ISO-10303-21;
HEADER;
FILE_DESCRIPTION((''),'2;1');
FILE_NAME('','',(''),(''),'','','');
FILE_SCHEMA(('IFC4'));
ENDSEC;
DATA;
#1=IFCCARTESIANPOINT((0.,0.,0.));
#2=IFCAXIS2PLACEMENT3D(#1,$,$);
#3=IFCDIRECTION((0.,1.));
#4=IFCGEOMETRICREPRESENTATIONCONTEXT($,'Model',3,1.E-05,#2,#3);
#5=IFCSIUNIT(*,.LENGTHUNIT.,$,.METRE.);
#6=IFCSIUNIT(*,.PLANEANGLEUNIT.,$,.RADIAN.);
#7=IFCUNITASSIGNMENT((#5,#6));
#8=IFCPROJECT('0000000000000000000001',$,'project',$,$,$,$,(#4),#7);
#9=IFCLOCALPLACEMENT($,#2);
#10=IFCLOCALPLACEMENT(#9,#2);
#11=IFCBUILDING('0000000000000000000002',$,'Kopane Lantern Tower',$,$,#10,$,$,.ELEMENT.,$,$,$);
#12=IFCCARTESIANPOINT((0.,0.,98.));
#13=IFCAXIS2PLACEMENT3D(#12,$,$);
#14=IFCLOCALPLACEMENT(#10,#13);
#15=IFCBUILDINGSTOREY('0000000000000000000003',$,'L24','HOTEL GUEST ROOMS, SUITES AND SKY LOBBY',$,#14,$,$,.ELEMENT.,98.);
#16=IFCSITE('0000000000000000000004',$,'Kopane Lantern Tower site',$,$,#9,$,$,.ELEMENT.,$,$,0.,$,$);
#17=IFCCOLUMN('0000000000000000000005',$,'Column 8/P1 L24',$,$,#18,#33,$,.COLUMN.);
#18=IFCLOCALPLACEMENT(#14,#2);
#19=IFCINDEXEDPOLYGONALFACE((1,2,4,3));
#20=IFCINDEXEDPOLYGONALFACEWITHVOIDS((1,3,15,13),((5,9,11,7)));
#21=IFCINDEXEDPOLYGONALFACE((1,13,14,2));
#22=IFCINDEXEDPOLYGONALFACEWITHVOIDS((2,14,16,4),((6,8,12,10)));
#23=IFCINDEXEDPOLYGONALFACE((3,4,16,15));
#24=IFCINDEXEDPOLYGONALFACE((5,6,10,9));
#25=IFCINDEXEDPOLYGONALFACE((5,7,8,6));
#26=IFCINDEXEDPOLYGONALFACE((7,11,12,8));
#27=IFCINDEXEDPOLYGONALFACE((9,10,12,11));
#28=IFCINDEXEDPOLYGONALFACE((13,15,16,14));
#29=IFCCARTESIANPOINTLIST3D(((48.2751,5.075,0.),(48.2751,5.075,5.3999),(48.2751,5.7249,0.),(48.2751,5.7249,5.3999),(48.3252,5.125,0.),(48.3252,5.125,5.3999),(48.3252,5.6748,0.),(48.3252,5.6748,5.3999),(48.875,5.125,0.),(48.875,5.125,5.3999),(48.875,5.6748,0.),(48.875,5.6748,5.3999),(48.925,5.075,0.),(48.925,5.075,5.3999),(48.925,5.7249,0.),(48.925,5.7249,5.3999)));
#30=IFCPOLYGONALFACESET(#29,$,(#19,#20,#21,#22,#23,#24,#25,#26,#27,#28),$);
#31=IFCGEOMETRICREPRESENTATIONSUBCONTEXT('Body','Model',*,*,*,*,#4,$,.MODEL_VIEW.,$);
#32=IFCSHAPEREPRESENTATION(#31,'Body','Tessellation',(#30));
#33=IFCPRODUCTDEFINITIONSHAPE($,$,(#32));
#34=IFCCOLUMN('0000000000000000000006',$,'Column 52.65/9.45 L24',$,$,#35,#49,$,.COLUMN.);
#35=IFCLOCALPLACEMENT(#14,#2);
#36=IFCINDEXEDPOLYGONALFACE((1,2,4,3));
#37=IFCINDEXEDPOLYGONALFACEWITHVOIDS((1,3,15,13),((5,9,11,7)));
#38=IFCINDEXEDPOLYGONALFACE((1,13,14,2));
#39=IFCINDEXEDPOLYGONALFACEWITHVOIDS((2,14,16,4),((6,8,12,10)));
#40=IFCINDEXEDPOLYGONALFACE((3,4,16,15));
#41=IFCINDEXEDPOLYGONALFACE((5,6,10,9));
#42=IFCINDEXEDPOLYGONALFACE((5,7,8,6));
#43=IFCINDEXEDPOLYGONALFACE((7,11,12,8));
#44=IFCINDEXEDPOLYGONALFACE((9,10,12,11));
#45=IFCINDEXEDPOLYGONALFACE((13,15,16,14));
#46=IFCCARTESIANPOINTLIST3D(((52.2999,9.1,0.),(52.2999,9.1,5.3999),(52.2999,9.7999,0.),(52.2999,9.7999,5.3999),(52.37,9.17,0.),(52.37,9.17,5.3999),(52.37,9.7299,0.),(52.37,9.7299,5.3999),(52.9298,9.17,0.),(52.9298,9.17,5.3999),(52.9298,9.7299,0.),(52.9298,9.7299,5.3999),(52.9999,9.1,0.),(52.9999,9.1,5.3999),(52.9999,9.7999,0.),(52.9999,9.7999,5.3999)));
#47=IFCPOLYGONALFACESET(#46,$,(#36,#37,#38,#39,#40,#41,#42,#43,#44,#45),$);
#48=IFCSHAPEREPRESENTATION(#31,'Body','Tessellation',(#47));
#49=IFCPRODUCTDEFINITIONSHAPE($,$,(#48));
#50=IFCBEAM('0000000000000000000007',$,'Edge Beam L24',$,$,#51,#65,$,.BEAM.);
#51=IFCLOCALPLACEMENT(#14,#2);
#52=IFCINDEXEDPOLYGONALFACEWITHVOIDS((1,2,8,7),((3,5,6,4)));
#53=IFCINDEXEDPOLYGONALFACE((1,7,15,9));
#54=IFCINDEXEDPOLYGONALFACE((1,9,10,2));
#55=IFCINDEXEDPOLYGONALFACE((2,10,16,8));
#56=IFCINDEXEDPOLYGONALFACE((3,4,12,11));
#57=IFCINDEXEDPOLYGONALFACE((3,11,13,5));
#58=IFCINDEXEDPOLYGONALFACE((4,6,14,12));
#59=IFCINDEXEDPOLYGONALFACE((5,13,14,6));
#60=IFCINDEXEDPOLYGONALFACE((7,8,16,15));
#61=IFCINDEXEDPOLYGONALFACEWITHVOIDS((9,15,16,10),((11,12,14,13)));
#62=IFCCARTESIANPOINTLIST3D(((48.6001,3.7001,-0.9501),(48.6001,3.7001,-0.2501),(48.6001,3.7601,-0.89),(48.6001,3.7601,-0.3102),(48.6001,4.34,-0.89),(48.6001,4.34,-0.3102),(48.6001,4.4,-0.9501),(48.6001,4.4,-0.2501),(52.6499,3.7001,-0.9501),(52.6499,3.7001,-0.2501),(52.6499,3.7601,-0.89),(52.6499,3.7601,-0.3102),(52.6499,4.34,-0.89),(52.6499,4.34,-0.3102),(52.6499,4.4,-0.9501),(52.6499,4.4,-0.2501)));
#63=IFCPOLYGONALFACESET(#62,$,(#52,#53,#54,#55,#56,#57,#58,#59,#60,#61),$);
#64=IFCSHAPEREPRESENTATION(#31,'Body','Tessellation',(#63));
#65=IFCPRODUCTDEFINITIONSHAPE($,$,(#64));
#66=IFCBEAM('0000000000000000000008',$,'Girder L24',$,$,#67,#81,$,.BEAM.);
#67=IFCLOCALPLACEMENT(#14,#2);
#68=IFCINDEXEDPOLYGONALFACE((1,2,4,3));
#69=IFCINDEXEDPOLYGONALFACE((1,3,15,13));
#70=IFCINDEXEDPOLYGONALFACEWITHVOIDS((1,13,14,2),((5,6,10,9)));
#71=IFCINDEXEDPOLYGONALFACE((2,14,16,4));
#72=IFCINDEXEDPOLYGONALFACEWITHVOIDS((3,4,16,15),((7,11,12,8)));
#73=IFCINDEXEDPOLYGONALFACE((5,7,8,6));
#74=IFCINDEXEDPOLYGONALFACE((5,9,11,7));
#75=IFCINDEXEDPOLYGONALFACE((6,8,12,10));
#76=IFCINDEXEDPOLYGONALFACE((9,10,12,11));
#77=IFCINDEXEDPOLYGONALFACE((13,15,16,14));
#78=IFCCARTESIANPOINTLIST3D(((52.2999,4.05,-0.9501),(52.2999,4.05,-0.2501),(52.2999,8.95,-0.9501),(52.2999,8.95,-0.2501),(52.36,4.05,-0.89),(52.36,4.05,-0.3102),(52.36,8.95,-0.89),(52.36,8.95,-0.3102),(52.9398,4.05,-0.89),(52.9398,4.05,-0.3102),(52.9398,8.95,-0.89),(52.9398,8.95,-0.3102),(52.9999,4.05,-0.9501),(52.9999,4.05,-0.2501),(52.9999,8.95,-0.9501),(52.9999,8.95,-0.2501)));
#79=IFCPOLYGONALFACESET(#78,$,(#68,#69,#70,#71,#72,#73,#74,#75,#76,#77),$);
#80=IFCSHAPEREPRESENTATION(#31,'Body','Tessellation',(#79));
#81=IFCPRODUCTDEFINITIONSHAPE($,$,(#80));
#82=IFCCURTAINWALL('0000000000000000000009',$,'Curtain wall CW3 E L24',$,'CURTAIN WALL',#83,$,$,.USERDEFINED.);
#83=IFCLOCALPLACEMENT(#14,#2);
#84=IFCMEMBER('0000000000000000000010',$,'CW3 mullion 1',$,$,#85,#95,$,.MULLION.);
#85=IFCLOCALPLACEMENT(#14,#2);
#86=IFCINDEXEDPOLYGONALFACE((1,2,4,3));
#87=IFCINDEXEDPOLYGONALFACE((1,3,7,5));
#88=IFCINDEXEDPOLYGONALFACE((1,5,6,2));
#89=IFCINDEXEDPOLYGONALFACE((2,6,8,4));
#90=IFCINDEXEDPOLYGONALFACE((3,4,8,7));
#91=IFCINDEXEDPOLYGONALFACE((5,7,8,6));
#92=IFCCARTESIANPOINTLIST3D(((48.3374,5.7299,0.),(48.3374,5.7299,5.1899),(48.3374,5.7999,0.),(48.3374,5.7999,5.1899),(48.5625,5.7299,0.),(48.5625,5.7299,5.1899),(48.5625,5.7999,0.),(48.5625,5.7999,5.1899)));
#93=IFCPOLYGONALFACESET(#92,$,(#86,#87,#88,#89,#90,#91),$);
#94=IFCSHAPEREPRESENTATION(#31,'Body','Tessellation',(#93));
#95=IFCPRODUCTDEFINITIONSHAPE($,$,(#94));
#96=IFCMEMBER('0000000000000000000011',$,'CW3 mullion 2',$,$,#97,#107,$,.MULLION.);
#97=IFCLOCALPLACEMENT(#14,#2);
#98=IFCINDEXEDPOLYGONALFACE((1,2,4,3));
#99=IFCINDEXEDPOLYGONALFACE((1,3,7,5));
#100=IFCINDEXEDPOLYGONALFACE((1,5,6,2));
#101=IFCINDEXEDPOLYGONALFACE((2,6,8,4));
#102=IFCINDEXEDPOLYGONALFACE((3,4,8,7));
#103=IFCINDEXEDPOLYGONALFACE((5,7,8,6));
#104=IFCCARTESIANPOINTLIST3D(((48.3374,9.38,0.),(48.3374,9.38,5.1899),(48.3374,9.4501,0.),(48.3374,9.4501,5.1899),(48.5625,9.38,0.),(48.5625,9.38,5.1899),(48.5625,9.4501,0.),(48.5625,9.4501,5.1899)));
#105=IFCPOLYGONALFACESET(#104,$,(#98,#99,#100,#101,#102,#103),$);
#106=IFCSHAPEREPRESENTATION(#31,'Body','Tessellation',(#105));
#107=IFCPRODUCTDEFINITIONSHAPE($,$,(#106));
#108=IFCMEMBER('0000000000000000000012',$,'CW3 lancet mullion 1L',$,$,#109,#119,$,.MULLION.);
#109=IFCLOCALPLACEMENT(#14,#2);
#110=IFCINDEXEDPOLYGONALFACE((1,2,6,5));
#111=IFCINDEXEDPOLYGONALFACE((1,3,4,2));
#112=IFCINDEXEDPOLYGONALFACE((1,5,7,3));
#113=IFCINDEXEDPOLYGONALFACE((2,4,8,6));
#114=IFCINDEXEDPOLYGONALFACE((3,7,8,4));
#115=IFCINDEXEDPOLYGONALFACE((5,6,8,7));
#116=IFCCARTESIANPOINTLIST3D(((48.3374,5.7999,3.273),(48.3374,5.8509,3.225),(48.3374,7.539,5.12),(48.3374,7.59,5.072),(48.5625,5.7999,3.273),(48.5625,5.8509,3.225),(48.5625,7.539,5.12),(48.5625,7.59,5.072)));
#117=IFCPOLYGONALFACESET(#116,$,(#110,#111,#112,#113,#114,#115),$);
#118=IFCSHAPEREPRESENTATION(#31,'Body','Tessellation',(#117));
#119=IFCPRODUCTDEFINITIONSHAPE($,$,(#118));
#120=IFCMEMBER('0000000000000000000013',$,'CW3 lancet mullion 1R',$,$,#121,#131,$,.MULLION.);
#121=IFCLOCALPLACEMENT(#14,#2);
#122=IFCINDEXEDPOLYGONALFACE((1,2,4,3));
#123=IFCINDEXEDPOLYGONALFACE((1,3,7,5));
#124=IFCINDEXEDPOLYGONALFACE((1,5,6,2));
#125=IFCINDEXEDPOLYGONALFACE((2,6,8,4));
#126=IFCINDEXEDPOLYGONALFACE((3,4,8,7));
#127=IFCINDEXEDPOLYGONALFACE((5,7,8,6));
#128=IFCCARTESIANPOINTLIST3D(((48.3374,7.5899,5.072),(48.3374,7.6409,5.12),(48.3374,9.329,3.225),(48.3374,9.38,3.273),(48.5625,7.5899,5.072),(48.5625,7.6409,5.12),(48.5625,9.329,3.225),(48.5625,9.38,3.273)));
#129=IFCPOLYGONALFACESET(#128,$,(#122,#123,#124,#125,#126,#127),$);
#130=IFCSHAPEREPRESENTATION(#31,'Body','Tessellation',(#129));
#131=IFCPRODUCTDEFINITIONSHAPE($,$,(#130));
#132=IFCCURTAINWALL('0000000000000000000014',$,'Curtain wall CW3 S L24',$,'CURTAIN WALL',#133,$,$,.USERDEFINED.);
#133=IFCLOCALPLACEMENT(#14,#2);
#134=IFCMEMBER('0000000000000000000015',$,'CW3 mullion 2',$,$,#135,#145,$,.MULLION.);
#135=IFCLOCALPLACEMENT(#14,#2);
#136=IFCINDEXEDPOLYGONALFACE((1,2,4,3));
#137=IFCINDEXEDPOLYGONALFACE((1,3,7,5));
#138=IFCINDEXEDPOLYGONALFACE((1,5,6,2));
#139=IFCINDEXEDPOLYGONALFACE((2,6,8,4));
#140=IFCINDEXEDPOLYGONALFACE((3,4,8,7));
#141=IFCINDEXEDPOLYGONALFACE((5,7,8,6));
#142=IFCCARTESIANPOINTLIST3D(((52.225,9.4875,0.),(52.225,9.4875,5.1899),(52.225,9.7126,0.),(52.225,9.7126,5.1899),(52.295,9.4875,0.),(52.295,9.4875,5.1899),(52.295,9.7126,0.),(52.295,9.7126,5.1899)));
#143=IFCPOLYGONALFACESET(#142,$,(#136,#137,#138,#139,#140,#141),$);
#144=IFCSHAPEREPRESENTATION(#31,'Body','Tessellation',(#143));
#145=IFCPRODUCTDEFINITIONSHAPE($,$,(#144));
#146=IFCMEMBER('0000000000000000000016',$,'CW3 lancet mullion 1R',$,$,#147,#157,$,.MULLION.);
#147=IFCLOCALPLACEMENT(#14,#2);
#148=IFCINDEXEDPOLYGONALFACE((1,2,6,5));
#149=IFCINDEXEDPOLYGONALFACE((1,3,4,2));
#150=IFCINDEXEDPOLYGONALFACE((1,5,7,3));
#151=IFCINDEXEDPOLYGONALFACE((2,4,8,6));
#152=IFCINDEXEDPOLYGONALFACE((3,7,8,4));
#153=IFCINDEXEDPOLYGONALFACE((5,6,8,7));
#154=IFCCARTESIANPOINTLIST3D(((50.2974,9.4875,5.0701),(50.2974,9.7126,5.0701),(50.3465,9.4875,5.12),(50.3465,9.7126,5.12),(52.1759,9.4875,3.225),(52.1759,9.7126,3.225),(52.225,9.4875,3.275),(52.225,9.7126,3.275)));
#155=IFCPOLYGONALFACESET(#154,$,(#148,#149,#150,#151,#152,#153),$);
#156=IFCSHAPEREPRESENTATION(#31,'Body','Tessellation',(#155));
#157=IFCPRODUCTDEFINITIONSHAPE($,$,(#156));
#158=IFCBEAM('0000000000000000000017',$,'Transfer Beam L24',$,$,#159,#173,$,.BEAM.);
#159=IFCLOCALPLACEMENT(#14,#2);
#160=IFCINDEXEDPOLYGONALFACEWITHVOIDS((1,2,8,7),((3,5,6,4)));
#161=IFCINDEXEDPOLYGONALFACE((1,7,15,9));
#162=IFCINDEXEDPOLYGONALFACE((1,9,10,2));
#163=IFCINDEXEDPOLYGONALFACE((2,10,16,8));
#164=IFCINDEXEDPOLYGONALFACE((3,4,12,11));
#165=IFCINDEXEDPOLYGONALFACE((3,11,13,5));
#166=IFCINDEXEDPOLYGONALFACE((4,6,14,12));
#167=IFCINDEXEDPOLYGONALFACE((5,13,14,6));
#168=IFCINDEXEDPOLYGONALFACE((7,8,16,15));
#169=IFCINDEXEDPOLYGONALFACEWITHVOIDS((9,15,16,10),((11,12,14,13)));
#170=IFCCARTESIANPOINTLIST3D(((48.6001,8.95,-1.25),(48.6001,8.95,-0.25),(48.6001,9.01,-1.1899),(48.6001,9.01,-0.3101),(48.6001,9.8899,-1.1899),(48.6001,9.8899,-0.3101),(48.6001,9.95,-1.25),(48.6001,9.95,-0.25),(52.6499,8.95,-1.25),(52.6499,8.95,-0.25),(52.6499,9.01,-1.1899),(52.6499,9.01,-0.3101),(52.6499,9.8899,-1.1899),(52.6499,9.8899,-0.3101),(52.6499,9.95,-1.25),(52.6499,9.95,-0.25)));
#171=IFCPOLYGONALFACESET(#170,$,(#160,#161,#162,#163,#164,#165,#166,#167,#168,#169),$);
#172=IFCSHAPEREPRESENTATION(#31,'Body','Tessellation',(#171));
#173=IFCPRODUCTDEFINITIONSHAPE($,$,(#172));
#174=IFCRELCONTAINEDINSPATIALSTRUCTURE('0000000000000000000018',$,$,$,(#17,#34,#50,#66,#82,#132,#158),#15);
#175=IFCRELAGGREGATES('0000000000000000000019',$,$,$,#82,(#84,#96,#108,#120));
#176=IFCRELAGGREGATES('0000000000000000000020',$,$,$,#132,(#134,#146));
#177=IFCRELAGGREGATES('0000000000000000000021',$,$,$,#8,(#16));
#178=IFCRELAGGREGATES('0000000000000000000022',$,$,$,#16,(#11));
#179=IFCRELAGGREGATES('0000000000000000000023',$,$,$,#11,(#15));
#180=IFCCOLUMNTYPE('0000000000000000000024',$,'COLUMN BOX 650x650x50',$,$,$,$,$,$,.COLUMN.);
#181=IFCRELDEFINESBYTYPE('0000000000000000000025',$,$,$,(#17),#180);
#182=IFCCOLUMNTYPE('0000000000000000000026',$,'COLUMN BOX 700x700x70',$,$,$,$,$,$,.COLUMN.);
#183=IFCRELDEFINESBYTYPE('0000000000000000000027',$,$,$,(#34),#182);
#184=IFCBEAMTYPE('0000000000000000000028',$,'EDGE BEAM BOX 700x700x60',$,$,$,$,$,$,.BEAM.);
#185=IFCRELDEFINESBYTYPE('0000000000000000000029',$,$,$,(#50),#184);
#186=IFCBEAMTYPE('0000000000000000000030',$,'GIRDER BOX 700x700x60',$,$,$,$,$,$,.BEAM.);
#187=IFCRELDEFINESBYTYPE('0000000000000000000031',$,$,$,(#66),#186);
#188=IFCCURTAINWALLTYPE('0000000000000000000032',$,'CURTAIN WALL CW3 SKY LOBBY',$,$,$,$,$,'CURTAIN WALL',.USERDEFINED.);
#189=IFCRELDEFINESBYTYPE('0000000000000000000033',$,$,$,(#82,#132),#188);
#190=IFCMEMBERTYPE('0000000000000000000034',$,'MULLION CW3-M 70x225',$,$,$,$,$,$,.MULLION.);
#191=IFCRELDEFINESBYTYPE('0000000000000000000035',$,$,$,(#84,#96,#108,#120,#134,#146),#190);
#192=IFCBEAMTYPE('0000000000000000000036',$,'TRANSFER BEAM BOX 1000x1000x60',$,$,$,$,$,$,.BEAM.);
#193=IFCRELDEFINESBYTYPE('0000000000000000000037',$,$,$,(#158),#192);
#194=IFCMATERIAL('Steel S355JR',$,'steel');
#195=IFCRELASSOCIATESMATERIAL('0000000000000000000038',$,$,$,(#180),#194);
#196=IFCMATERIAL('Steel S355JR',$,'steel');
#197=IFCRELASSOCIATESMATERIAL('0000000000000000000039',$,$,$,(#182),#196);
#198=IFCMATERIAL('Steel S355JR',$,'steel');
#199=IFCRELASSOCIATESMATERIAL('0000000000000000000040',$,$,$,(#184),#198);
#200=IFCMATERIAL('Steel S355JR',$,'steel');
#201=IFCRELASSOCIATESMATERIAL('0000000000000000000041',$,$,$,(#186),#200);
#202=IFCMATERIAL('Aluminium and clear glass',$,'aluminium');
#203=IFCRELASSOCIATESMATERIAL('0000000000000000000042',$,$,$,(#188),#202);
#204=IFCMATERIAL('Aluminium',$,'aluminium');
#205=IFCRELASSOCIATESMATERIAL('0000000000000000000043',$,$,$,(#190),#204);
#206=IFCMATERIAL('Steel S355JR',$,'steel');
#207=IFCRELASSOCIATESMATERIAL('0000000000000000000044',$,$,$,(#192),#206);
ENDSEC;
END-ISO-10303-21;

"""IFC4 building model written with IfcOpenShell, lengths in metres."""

from ifc_helpers import new_model, si_unit, direction, frame, origin, origin_2d, place, context, subcontext, project, spatial, rectangle, hollow_rectangle, extrude, material, material_profile, profile_set, type_object, element, aggregate, save


model = new_model("IFC4")

# Units and contexts
model_context = context("Model", 3, precision=1e-05, world=origin(), true_north=direction((0.0, 1.0)))
body_context = subcontext(model_context, "Body", "Model", "MODEL_VIEW")
ifc_project = project(units=[si_unit("LENGTHUNIT", "METRE"), si_unit("PLANEANGLEUNIT", "RADIAN")], contexts=[model_context])

# Site, building, storey
site_placement = place(None, origin())
site = spatial("IfcSite", under=ifc_project, at=site_placement, Name="Kopane Lantern Tower site", CompositionType="ELEMENT", RefElevation=0.0)
building_placement = place(site_placement, origin())
building = spatial("IfcBuilding", under=site, at=building_placement, Name="Kopane Lantern Tower", CompositionType="ELEMENT")
storey_placement = place(building_placement, frame((0.0, 0.0, 98.0)))
storey = spatial("IfcBuildingStorey", under=building, at=storey_placement, Name="L24", Description="HOTEL GUEST ROOMS, SUITES AND SKY LOBBY", CompositionType="ELEMENT", Elevation=98.0)

# Columns
ifc_material_1 = material(Name="Steel S355JR", Category="steel")
ifc_material_profile_1 = material_profile(ifc_material_1, hollow_rectangle(XDim=0.6499, YDim=0.6499, WallThickness=0.05, at=origin_2d()), Name="BOX 650x650x50")
ifc_profile_set_1 = profile_set([ifc_material_profile_1], Name="Steel S355JR")
column_type_1 = type_object("IfcColumnType", Name="COLUMN BOX 650x650x50", PredefinedType="COLUMN", material=ifc_profile_set_1)
column_1_placement = place(storey_placement, frame((48.6001, 5.3999, 0.0), z_axis=(0.0, 0.0, 1.0), x_axis=(1.0, 0.0, 0.0)))
element("IfcColumn", 1, at=column_1_placement, inside=storey, type_object=column_type_1, Name="Column 8/P1 L24", PredefinedType="COLUMN", context=body_context, shape_type="SweptSolid", body=[
    extrude(hollow_rectangle(XDim=0.6499, YDim=0.6499, WallThickness=0.05, at=origin_2d()), origin(), (0.0, 0.0, 1.0), 5.3999),
])
ifc_material_2 = material(Name="Steel S355JR", Category="steel")
ifc_material_profile_2 = material_profile(ifc_material_2, hollow_rectangle(XDim=0.7, YDim=0.7, WallThickness=0.0701, at=origin_2d()), Name="BOX 700x700x70")
ifc_profile_set_2 = profile_set([ifc_material_profile_2], Name="Steel S355JR")
column_type_2 = type_object("IfcColumnType", Name="COLUMN BOX 700x700x70", PredefinedType="COLUMN", material=ifc_profile_set_2)
column_2_placement = place(storey_placement, frame((52.6499, 9.45, 0.0), z_axis=(0.0, 0.0, 1.0), x_axis=(1.0, 0.0, 0.0)))
element("IfcColumn", 2, at=column_2_placement, inside=storey, type_object=column_type_2, Name="Column 52.65/9.45 L24", PredefinedType="COLUMN", context=body_context, shape_type="SweptSolid", body=[
    extrude(hollow_rectangle(XDim=0.7, YDim=0.7, WallThickness=0.0701, at=origin_2d()), origin(), (0.0, 0.0, 1.0), 5.3999),
])

# Beams
ifc_material_3 = material(Name="Steel S355JR", Category="steel")
ifc_material_profile_3 = material_profile(ifc_material_3, hollow_rectangle(XDim=0.7, YDim=0.7, WallThickness=0.0601, at=origin_2d()), Name="BOX 700x700x60")
ifc_profile_set_3 = profile_set([ifc_material_profile_3], Name="Steel S355JR")
beam_type_1 = type_object("IfcBeamType", Name="EDGE BEAM BOX 700x700x60", PredefinedType="BEAM", material=ifc_profile_set_3)
beam_1_placement = place(storey_placement, frame((52.6499, 4.05, -0.6001), z_axis=(-1.0, 0.0, 0.0), x_axis=(0.0, -1.0, 0.0)))
element("IfcBeam", 3, at=beam_1_placement, inside=storey, type_object=beam_type_1, Name="Edge Beam L24", PredefinedType="BEAM", context=body_context, shape_type="SweptSolid", body=[
    extrude(hollow_rectangle(XDim=0.7, YDim=0.7, WallThickness=0.0601, at=origin_2d()), origin(), (0.0, 0.0, 1.0), 4.0498),
])
ifc_material_4 = material(Name="Steel S355JR", Category="steel")
ifc_material_profile_4 = material_profile(ifc_material_4, hollow_rectangle(XDim=0.7, YDim=0.7, WallThickness=0.0601, at=origin_2d()), Name="BOX 700x700x60")
ifc_profile_set_4 = profile_set([ifc_material_profile_4], Name="Steel S355JR")
beam_type_2 = type_object("IfcBeamType", Name="GIRDER BOX 700x700x60", PredefinedType="BEAM", material=ifc_profile_set_4)
beam_2_placement = place(storey_placement, frame((52.6499, 4.05, -0.6001), z_axis=(0.0, 1.0, 0.0), x_axis=(-1.0, 0.0, 0.0)))
element("IfcBeam", 4, at=beam_2_placement, inside=storey, type_object=beam_type_2, Name="Girder L24", PredefinedType="BEAM", context=body_context, shape_type="SweptSolid", body=[
    extrude(hollow_rectangle(XDim=0.7, YDim=0.7, WallThickness=0.0601, at=origin_2d()), origin(), (0.0, 0.0, 1.0), 4.8999),
])

# Curtain walls, members
ifc_material_5 = material(Name="Aluminium and clear glass", Category="aluminium")
curtain_wall_type = type_object("IfcCurtainWallType", Name="CURTAIN WALL CW3 SKY LOBBY", ElementType="CURTAIN WALL", PredefinedType="USERDEFINED", material=ifc_material_5)
curtain_wall_1_placement = place(storey_placement, origin())
curtain_wall_1 = element("IfcCurtainWall", 5, at=curtain_wall_1_placement, inside=storey, type_object=curtain_wall_type, Name="Curtain wall CW3 E L24", ObjectType="CURTAIN WALL", PredefinedType="USERDEFINED")
ifc_material_6 = material(Name="Aluminium", Category="aluminium")
ifc_material_profile_5 = material_profile(ifc_material_6, rectangle(XDim=0.0701, YDim=0.2251, at=origin_2d()), Name="AL 70x225")
ifc_profile_set_5 = profile_set([ifc_material_profile_5], Name="Aluminium")
member_type_1 = type_object("IfcMemberType", Name="MULLION CW3-M 70x225", PredefinedType="MULLION", material=ifc_profile_set_5)
member_1_placement = place(storey_placement, frame((48.45, 5.7649, 0.0), z_axis=(0.0, 0.0, 1.0), x_axis=(0.0, 1.0, 0.0)))
member_1 = element("IfcMember", 6, at=member_1_placement, type_object=member_type_1, Name="CW3 mullion 1", PredefinedType="MULLION", context=body_context, shape_type="SweptSolid", body=[
    extrude(rectangle(XDim=0.0701, YDim=0.2251, at=origin_2d()), origin(), (0.0, 0.0, 1.0), 5.1899),
])
member_2_placement = place(storey_placement, frame((48.45, 9.415, 0.0), z_axis=(0.0, 0.0, 1.0), x_axis=(0.0, 1.0, 0.0)))
member_2 = element("IfcMember", 7, at=member_2_placement, type_object=member_type_1, Name="CW3 mullion 2", PredefinedType="MULLION", context=body_context, shape_type="SweptSolid", body=[
    extrude(rectangle(XDim=0.0701, YDim=0.2251, at=origin_2d()), origin(), (0.0, 0.0, 1.0), 5.1899),
])
member_3_placement = place(storey_placement, frame((48.45, 5.8254, 3.249), z_axis=(0.0, 0.685518, 0.728056), x_axis=(0.0, -0.728056, 0.685518)))
member_3 = element("IfcMember", 8, at=member_3_placement, type_object=member_type_1, Name="CW3 lancet mullion 1L", PredefinedType="MULLION", context=body_context, shape_type="SweptSolid", body=[
    extrude(rectangle(XDim=0.0701, YDim=0.2251, at=origin_2d()), origin(), (0.0, 0.0, 1.0), 2.5369),
])
member_4_placement = place(storey_placement, frame((48.45, 9.3545, 3.249), z_axis=(0.0, -0.685518, 0.728056), x_axis=(0.0, 0.728056, 0.685518)))
member_4 = element("IfcMember", 9, at=member_4_placement, type_object=member_type_1, Name="CW3 lancet mullion 1R", PredefinedType="MULLION", context=body_context, shape_type="SweptSolid", body=[
    extrude(rectangle(XDim=0.0701, YDim=0.2251, at=origin_2d()), origin(), (0.0, 0.0, 1.0), 2.5369),
])
curtain_wall_2_placement = place(storey_placement, origin())
curtain_wall_2 = element("IfcCurtainWall", 10, at=curtain_wall_2_placement, inside=storey, type_object=curtain_wall_type, Name="Curtain wall CW3 S L24", ObjectType="CURTAIN WALL", PredefinedType="USERDEFINED")
member_5_placement = place(storey_placement, frame((52.26, 9.6001, 0.0), z_axis=(0.0, 0.0, 1.0), x_axis=(1.0, 0.0, 0.0)))
member_5 = element("IfcMember", 11, at=member_5_placement, type_object=member_type_1, Name="CW3 mullion 2", PredefinedType="MULLION", context=body_context, shape_type="SweptSolid", body=[
    extrude(rectangle(XDim=0.0701, YDim=0.2251, at=origin_2d()), origin(), (0.0, 0.0, 1.0), 5.1899),
])
member_6_placement = place(storey_placement, frame((52.2004, 9.6001, 3.25), z_axis=(-0.71343, 0.0, 0.700727), x_axis=(0.700727, 0.0, 0.71343)))
member_6 = element("IfcMember", 12, at=member_6_placement, type_object=member_type_1, Name="CW3 lancet mullion 1R", PredefinedType="MULLION", context=body_context, shape_type="SweptSolid", body=[
    extrude(rectangle(XDim=0.0701, YDim=0.2251, at=origin_2d()), origin(), (0.0, 0.0, 1.0), 2.6331),
])

# Beam
ifc_material_7 = material(Name="Steel S355JR", Category="steel")
ifc_material_profile_6 = material_profile(ifc_material_7, hollow_rectangle(XDim=1.0, YDim=1.0, WallThickness=0.0601, at=origin_2d()), Name="BOX 1000x1000x60")
ifc_profile_set_6 = profile_set([ifc_material_profile_6], Name="Steel S355JR")
beam_type_3 = type_object("IfcBeamType", Name="TRANSFER BEAM BOX 1000x1000x60", PredefinedType="BEAM", material=ifc_profile_set_6)
beam_3_placement = place(storey_placement, frame((48.6001, 9.45, -0.75), z_axis=(1.0, 0.0, 0.0), x_axis=(0.0, 1.0, 0.0)))
element("IfcBeam", 13, at=beam_3_placement, inside=storey, type_object=beam_type_3, Name="Transfer Beam L24", PredefinedType="BEAM", context=body_context, shape_type="SweptSolid", body=[
    extrude(hollow_rectangle(XDim=1.0, YDim=1.0, WallThickness=0.0601, at=origin_2d()), origin(), (0.0, 0.0, 1.0), 4.0498),
])

aggregate(curtain_wall_1, [member_1, member_2, member_3, member_4])
aggregate(curtain_wall_2, [member_5, member_6])

save(model, "model.ifc")
